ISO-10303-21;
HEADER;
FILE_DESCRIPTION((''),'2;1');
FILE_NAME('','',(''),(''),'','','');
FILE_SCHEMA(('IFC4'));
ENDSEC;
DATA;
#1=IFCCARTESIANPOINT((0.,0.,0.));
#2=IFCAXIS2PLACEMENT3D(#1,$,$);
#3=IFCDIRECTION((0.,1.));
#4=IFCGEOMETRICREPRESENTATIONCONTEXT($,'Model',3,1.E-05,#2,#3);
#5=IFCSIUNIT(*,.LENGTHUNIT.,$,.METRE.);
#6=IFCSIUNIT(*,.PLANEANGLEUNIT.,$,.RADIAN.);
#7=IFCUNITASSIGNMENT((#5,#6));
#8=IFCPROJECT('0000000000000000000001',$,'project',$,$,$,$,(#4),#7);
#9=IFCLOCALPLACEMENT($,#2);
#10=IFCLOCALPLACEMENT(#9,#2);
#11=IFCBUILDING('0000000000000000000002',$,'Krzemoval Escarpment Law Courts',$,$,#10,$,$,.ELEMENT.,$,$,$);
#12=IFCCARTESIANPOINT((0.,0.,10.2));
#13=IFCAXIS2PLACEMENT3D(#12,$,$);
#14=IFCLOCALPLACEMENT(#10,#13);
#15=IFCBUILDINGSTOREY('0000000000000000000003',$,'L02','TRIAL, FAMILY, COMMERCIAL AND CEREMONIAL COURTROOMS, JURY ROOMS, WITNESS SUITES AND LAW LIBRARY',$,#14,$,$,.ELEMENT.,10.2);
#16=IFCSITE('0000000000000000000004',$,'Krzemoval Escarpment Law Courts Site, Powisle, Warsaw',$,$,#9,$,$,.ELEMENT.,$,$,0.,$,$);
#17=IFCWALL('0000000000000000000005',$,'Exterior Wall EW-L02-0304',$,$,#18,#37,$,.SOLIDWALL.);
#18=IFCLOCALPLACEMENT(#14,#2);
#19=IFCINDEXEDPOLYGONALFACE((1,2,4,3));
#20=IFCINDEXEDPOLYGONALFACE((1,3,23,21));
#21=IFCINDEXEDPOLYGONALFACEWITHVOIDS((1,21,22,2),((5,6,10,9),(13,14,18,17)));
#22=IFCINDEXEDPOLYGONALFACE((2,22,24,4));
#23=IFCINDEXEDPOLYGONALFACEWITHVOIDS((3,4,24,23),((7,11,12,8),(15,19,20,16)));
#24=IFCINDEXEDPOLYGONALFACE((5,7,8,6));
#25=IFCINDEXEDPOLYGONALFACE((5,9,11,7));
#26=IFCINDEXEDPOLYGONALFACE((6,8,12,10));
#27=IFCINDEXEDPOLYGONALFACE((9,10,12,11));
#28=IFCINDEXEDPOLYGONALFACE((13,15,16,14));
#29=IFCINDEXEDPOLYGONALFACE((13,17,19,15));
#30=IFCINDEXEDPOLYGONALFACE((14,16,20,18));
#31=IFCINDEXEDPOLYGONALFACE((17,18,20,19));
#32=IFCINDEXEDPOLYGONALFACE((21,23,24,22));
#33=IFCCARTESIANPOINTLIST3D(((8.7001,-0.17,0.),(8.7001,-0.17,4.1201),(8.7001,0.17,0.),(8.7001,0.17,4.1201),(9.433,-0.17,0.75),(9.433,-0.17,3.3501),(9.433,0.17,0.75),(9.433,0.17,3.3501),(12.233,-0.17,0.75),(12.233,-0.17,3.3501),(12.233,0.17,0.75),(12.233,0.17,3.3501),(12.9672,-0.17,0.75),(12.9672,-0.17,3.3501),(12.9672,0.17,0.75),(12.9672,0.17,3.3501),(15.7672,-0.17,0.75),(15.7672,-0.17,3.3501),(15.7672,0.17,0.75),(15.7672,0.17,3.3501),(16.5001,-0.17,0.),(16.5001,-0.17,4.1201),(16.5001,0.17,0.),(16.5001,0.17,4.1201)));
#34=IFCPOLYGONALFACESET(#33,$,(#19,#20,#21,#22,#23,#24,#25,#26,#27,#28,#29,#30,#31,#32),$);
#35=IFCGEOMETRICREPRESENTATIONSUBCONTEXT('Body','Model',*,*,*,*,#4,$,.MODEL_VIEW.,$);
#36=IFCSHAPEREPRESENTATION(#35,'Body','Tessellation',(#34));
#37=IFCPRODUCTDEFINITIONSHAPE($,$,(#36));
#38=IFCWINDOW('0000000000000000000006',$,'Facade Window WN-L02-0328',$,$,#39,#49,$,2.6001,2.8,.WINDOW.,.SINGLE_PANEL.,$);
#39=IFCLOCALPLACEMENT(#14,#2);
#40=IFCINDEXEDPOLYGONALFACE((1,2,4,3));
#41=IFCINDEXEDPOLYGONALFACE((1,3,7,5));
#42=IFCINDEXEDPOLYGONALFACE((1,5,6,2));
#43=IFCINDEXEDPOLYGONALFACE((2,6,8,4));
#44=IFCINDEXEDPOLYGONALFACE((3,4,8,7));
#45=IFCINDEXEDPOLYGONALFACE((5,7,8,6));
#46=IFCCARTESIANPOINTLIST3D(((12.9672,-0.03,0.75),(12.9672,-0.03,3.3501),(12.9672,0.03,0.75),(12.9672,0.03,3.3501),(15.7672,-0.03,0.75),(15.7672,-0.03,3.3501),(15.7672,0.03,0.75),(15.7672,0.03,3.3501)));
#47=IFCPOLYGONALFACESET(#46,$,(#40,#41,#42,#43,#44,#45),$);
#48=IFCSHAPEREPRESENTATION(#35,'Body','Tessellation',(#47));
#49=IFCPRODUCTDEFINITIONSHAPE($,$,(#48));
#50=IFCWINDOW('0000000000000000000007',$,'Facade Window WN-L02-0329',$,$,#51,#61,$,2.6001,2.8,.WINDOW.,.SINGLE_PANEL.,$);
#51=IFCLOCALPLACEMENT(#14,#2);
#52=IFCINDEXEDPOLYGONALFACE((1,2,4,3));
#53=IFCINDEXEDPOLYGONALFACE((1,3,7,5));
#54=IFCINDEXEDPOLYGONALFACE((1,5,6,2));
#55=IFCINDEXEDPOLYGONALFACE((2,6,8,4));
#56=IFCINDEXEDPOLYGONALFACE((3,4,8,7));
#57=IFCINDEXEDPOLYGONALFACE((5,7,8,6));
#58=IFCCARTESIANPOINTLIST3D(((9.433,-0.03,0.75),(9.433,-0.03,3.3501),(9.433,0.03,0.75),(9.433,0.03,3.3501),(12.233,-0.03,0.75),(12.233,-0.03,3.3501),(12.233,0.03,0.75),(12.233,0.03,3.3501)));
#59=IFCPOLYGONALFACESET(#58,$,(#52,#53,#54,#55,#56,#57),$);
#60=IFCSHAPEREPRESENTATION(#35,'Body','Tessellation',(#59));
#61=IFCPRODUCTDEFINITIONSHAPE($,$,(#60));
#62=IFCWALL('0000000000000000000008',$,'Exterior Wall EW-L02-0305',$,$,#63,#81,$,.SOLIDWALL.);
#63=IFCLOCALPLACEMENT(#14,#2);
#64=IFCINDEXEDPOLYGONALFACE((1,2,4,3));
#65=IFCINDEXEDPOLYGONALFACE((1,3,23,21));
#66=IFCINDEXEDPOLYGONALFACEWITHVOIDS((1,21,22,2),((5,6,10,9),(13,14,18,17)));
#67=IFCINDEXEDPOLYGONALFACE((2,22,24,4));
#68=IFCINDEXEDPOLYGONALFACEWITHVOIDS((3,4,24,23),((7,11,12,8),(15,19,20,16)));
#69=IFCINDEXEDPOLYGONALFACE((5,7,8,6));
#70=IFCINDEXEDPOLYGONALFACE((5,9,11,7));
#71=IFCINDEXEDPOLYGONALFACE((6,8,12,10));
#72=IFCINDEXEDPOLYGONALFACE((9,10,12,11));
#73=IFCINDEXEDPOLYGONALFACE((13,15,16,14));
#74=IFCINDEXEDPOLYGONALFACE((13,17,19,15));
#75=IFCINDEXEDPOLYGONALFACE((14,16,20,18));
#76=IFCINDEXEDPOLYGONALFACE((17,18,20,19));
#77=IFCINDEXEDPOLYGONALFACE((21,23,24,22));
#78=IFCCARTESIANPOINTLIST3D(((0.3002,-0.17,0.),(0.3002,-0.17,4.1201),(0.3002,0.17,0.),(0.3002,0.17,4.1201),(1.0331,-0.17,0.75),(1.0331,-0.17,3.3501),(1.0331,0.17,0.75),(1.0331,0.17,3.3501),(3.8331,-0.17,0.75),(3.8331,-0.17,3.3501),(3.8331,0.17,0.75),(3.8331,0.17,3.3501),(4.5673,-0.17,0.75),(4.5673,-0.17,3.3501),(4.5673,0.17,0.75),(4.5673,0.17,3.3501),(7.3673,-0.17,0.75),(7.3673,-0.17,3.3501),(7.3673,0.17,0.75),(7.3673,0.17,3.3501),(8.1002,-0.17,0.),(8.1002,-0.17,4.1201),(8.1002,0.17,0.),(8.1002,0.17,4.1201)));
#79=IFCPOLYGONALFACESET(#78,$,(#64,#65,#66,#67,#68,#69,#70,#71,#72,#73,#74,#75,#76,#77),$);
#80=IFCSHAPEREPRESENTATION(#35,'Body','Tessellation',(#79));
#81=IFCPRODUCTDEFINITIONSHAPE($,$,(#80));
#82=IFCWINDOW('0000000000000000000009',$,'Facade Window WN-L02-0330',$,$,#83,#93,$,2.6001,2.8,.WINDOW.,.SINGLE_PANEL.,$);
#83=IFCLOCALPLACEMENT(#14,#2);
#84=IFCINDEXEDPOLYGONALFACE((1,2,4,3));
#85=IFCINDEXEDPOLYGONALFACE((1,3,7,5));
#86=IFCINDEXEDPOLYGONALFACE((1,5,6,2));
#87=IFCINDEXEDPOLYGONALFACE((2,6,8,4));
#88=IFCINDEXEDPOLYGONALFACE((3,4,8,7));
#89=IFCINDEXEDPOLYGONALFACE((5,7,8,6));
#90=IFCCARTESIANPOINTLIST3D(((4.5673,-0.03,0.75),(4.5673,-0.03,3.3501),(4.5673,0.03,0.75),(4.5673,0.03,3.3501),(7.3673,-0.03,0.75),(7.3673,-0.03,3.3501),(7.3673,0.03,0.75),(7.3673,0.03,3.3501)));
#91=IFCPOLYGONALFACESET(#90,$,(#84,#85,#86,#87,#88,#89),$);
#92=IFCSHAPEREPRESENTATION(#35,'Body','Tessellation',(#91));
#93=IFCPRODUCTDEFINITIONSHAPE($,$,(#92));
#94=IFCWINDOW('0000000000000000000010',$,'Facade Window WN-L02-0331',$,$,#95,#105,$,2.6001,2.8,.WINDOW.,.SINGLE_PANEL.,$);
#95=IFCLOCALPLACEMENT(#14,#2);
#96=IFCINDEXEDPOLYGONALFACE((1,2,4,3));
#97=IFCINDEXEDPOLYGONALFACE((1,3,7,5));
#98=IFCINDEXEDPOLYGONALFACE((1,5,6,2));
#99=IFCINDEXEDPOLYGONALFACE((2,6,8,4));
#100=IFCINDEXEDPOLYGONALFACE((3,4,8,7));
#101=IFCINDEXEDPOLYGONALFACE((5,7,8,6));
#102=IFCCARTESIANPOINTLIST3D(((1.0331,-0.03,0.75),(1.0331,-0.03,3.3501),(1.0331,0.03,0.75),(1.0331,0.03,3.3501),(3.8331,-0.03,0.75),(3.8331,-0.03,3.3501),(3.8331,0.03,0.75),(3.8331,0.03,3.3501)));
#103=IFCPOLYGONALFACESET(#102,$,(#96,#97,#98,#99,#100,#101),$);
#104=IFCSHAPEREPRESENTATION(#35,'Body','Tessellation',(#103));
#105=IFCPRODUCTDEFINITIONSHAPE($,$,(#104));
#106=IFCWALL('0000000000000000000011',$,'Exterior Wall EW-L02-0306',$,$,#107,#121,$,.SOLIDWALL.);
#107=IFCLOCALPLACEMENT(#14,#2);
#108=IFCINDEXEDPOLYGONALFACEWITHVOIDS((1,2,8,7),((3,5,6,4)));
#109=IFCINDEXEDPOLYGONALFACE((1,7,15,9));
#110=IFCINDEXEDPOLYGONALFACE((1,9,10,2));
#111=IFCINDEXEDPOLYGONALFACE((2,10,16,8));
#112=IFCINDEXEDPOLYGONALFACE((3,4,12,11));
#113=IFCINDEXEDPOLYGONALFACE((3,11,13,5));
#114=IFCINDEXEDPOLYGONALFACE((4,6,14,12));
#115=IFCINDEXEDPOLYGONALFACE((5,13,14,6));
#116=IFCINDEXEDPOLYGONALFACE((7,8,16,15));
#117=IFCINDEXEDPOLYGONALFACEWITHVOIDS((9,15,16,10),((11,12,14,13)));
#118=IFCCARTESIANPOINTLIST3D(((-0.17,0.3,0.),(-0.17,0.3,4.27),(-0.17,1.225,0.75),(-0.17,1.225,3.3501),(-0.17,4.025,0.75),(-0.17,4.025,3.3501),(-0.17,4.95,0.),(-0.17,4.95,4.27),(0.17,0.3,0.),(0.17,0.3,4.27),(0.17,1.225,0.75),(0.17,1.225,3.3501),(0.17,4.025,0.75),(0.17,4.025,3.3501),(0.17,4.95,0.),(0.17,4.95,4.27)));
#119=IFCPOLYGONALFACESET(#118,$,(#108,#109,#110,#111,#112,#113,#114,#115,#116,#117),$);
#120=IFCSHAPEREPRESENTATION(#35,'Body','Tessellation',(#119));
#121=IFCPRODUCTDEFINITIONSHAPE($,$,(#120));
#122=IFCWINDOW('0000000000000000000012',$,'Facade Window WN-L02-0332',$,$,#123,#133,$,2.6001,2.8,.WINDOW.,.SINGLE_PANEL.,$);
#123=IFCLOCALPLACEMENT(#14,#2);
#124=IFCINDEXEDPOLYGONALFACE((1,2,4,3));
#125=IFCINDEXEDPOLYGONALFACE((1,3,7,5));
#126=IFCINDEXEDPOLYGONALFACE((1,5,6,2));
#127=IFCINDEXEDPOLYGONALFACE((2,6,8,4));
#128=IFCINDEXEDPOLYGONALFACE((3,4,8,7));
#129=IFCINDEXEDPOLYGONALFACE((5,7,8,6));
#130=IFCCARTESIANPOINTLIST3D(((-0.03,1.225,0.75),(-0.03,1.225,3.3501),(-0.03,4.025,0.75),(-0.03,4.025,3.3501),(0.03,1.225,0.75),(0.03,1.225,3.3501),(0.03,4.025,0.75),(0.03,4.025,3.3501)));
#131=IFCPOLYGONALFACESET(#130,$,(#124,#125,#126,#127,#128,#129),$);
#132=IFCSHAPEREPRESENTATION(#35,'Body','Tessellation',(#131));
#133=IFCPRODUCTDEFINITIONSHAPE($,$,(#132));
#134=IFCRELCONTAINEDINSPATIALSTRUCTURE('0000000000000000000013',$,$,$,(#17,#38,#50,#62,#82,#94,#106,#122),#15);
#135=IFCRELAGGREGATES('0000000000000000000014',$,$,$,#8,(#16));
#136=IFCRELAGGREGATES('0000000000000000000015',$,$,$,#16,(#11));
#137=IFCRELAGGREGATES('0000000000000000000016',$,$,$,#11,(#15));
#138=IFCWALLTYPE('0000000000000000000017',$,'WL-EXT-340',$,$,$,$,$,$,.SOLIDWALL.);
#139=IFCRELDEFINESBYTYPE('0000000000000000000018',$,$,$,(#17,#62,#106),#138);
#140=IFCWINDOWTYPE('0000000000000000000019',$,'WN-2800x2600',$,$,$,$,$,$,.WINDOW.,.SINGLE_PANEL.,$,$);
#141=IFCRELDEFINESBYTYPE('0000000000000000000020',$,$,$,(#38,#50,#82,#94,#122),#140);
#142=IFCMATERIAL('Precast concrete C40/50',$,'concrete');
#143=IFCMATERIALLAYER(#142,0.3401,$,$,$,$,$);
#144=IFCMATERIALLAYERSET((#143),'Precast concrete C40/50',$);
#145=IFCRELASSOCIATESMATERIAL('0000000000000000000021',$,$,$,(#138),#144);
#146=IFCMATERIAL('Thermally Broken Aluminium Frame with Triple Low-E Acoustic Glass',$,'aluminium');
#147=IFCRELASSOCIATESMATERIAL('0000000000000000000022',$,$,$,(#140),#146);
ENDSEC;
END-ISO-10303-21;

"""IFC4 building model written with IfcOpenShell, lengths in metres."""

from ifc_helpers import new_model, si_unit, direction, frame, frame_2d, origin, place, context, subcontext, project, spatial, rectangle, extrude, material, layer, layer_set, type_object, element, fill, save


model = new_model("IFC4")

# Units and contexts
model_context = context("Model", 3, precision=1e-05, world=origin(), true_north=direction((0.0, 1.0)))
body_context = subcontext(model_context, "Body", "Model", "MODEL_VIEW")
ifc_project = project(units=[si_unit("LENGTHUNIT", "METRE"), si_unit("PLANEANGLEUNIT", "RADIAN")], contexts=[model_context])

# Site, building, storey
site_placement = place(None, origin())
site = spatial("IfcSite", under=ifc_project, at=site_placement, Name="Krzemoval Escarpment Law Courts Site, Powisle, Warsaw", CompositionType="ELEMENT", RefElevation=0.0)
building_placement = place(site_placement, origin())
building = spatial("IfcBuilding", under=site, at=building_placement, Name="Krzemoval Escarpment Law Courts", CompositionType="ELEMENT")
storey_placement = place(building_placement, frame((0.0, 0.0, 10.2)))
storey = spatial("IfcBuildingStorey", under=building, at=storey_placement, Name="L02", Description="TRIAL, FAMILY, COMMERCIAL AND CEREMONIAL COURTROOMS, JURY ROOMS, WITNESS SUITES AND LAW LIBRARY", CompositionType="ELEMENT", Elevation=10.2)

# Walls, openings, windows
ifc_material_1 = material(Name="Precast concrete C40/50", Category="concrete")
ifc_layer_1 = layer(ifc_material_1, 0.3401)
ifc_layer_set_1 = layer_set([ifc_layer_1], Name="Precast concrete C40/50")
wall_type_1 = type_object("IfcWallType", Name="WL-EXT-340", PredefinedType="SOLIDWALL", material=ifc_layer_set_1)
wall_1_placement = place(storey_placement, frame((16.5, 0.0, 0.0), z_axis=(0.0, 0.0, 1.0), x_axis=(-1.0, 0.0, 0.0)))
wall_1 = element("IfcWall", 1, at=wall_1_placement, inside=storey, type_object=wall_type_1, Name="Exterior Wall EW-L02-0304", PredefinedType="SOLIDWALL", context=body_context, shape_type="SweptSolid", body=[
    extrude(rectangle(XDim=7.8, YDim=0.3401, at=frame_2d((3.8999, 0.0))), origin(), (0.0, 0.0, 1.0), 4.1201),
])
opening_1_placement = place(wall_1_placement, frame((0.7329, 0.0, 0.75)))
opening_1 = element("IfcOpeningElement", 2, at=opening_1_placement, cuts=wall_1, PredefinedType="OPENING", context=body_context, shape_type="SweptSolid", body=[
    extrude(rectangle(XDim=2.8, YDim=2.6001, at=frame_2d((1.3999, 1.3))), frame((0.0, 0.185, 0.0), z_axis=(0.0, -1.0, 0.0), x_axis=(1.0, 0.0, 0.0)), (0.0, 0.0, 1.0), 0.3701),
])
opening_2_placement = place(wall_1_placement, frame((4.2671, 0.0, 0.75)))
opening_2 = element("IfcOpeningElement", 3, at=opening_2_placement, cuts=wall_1, PredefinedType="OPENING", context=body_context, shape_type="SweptSolid", body=[
    extrude(rectangle(XDim=2.8, YDim=2.6001, at=frame_2d((1.3999, 1.3))), frame((0.0, 0.185, 0.0), z_axis=(0.0, -1.0, 0.0), x_axis=(1.0, 0.0, 0.0)), (0.0, 0.0, 1.0), 0.3701),
])
ifc_material_2 = material(Name="Thermally Broken Aluminium Frame with Triple Low-E Acoustic Glass", Category="aluminium")
window_type = type_object("IfcWindowType", Name="WN-2800x2600", PartitioningType="SINGLE_PANEL", PredefinedType="WINDOW", material=ifc_material_2)
window_1_placement = place(opening_1_placement, origin())
window_1 = element("IfcWindow", 4, at=window_1_placement, inside=storey, type_object=window_type, Name="Facade Window WN-L02-0328", OverallHeight=2.6001, OverallWidth=2.8, PartitioningType="SINGLE_PANEL", PredefinedType="WINDOW", context=body_context, shape_type="SweptSolid", body=[
    extrude(rectangle(XDim=2.8, YDim=2.6001, at=frame_2d((1.3999, 1.3))), frame((0.0, 0.03, 0.0), z_axis=(0.0, -1.0, 0.0), x_axis=(1.0, 0.0, 0.0)), (0.0, 0.0, 1.0), 0.0601),
])
fill(opening_1, window_1)
window_2_placement = place(opening_2_placement, origin())
window_2 = element("IfcWindow", 5, at=window_2_placement, inside=storey, type_object=window_type, Name="Facade Window WN-L02-0329", OverallHeight=2.6001, OverallWidth=2.8, PartitioningType="SINGLE_PANEL", PredefinedType="WINDOW", context=body_context, shape_type="SweptSolid", body=[
    extrude(rectangle(XDim=2.8, YDim=2.6001, at=frame_2d((1.3999, 1.3))), frame((0.0, 0.03, 0.0), z_axis=(0.0, -1.0, 0.0), x_axis=(1.0, 0.0, 0.0)), (0.0, 0.0, 1.0), 0.0601),
])
fill(opening_2, window_2)
wall_2_placement = place(storey_placement, frame((8.1001, 0.0, 0.0), z_axis=(0.0, 0.0, 1.0), x_axis=(-1.0, 0.0, 0.0)))
wall_2 = element("IfcWall", 6, at=wall_2_placement, inside=storey, type_object=wall_type_1, Name="Exterior Wall EW-L02-0305", PredefinedType="SOLIDWALL", context=body_context, shape_type="SweptSolid", body=[
    extrude(rectangle(XDim=7.8, YDim=0.3401, at=frame_2d((3.8999, 0.0))), origin(), (0.0, 0.0, 1.0), 4.1201),
])
opening_3_placement = place(wall_2_placement, frame((0.7329, 0.0, 0.75)))
opening_3 = element("IfcOpeningElement", 7, at=opening_3_placement, cuts=wall_2, PredefinedType="OPENING", context=body_context, shape_type="SweptSolid", body=[
    extrude(rectangle(XDim=2.8, YDim=2.6001, at=frame_2d((1.3999, 1.3))), frame((0.0, 0.185, 0.0), z_axis=(0.0, -1.0, 0.0), x_axis=(1.0, 0.0, 0.0)), (0.0, 0.0, 1.0), 0.3701),
])
opening_4_placement = place(wall_2_placement, frame((4.2671, 0.0, 0.75)))
opening_4 = element("IfcOpeningElement", 8, at=opening_4_placement, cuts=wall_2, PredefinedType="OPENING", context=body_context, shape_type="SweptSolid", body=[
    extrude(rectangle(XDim=2.8, YDim=2.6001, at=frame_2d((1.3999, 1.3))), frame((0.0, 0.185, 0.0), z_axis=(0.0, -1.0, 0.0), x_axis=(1.0, 0.0, 0.0)), (0.0, 0.0, 1.0), 0.3701),
])
window_3_placement = place(opening_3_placement, origin())
window_3 = element("IfcWindow", 9, at=window_3_placement, inside=storey, type_object=window_type, Name="Facade Window WN-L02-0330", OverallHeight=2.6001, OverallWidth=2.8, PartitioningType="SINGLE_PANEL", PredefinedType="WINDOW", context=body_context, shape_type="SweptSolid", body=[
    extrude(rectangle(XDim=2.8, YDim=2.6001, at=frame_2d((1.3999, 1.3))), frame((0.0, 0.03, 0.0), z_axis=(0.0, -1.0, 0.0), x_axis=(1.0, 0.0, 0.0)), (0.0, 0.0, 1.0), 0.0601),
])
fill(opening_3, window_3)
window_4_placement = place(opening_4_placement, origin())
window_4 = element("IfcWindow", 10, at=window_4_placement, inside=storey, type_object=window_type, Name="Facade Window WN-L02-0331", OverallHeight=2.6001, OverallWidth=2.8, PartitioningType="SINGLE_PANEL", PredefinedType="WINDOW", context=body_context, shape_type="SweptSolid", body=[
    extrude(rectangle(XDim=2.8, YDim=2.6001, at=frame_2d((1.3999, 1.3))), frame((0.0, 0.03, 0.0), z_axis=(0.0, -1.0, 0.0), x_axis=(1.0, 0.0, 0.0)), (0.0, 0.0, 1.0), 0.0601),
])
fill(opening_4, window_4)

# Wall, opening, window
wall_3_placement = place(storey_placement, frame((0.0, 0.3, 0.0), z_axis=(0.0, 0.0, 1.0), x_axis=(0.0, 1.0, 0.0)))
wall_3 = element("IfcWall", 11, at=wall_3_placement, inside=storey, type_object=wall_type_1, Name="Exterior Wall EW-L02-0306", PredefinedType="SOLIDWALL", context=body_context, shape_type="SweptSolid", body=[
    extrude(rectangle(XDim=4.6499, YDim=0.3401, at=frame_2d((2.325, 0.0))), origin(), (0.0, 0.0, 1.0), 4.27),
])
opening_5_placement = place(wall_3_placement, frame((0.925, 0.0, 0.75)))
opening_5 = element("IfcOpeningElement", 12, at=opening_5_placement, cuts=wall_3, PredefinedType="OPENING", context=body_context, shape_type="SweptSolid", body=[
    extrude(rectangle(XDim=2.8, YDim=2.6001, at=frame_2d((1.3999, 1.3))), frame((0.0, 0.185, 0.0), z_axis=(0.0, -1.0, 0.0), x_axis=(1.0, 0.0, 0.0)), (0.0, 0.0, 1.0), 0.3701),
])
window_5_placement = place(opening_5_placement, origin())
window_5 = element("IfcWindow", 13, at=window_5_placement, inside=storey, type_object=window_type, Name="Facade Window WN-L02-0332", OverallHeight=2.6001, OverallWidth=2.8, PartitioningType="SINGLE_PANEL", PredefinedType="WINDOW", context=body_context, shape_type="SweptSolid", body=[
    extrude(rectangle(XDim=2.8, YDim=2.6001, at=frame_2d((1.3999, 1.3))), frame((0.0, 0.03, 0.0), z_axis=(0.0, -1.0, 0.0), x_axis=(1.0, 0.0, 0.0)), (0.0, 0.0, 1.0), 0.0601),
])
fill(opening_5, window_5)

save(model, "model.ifc")
